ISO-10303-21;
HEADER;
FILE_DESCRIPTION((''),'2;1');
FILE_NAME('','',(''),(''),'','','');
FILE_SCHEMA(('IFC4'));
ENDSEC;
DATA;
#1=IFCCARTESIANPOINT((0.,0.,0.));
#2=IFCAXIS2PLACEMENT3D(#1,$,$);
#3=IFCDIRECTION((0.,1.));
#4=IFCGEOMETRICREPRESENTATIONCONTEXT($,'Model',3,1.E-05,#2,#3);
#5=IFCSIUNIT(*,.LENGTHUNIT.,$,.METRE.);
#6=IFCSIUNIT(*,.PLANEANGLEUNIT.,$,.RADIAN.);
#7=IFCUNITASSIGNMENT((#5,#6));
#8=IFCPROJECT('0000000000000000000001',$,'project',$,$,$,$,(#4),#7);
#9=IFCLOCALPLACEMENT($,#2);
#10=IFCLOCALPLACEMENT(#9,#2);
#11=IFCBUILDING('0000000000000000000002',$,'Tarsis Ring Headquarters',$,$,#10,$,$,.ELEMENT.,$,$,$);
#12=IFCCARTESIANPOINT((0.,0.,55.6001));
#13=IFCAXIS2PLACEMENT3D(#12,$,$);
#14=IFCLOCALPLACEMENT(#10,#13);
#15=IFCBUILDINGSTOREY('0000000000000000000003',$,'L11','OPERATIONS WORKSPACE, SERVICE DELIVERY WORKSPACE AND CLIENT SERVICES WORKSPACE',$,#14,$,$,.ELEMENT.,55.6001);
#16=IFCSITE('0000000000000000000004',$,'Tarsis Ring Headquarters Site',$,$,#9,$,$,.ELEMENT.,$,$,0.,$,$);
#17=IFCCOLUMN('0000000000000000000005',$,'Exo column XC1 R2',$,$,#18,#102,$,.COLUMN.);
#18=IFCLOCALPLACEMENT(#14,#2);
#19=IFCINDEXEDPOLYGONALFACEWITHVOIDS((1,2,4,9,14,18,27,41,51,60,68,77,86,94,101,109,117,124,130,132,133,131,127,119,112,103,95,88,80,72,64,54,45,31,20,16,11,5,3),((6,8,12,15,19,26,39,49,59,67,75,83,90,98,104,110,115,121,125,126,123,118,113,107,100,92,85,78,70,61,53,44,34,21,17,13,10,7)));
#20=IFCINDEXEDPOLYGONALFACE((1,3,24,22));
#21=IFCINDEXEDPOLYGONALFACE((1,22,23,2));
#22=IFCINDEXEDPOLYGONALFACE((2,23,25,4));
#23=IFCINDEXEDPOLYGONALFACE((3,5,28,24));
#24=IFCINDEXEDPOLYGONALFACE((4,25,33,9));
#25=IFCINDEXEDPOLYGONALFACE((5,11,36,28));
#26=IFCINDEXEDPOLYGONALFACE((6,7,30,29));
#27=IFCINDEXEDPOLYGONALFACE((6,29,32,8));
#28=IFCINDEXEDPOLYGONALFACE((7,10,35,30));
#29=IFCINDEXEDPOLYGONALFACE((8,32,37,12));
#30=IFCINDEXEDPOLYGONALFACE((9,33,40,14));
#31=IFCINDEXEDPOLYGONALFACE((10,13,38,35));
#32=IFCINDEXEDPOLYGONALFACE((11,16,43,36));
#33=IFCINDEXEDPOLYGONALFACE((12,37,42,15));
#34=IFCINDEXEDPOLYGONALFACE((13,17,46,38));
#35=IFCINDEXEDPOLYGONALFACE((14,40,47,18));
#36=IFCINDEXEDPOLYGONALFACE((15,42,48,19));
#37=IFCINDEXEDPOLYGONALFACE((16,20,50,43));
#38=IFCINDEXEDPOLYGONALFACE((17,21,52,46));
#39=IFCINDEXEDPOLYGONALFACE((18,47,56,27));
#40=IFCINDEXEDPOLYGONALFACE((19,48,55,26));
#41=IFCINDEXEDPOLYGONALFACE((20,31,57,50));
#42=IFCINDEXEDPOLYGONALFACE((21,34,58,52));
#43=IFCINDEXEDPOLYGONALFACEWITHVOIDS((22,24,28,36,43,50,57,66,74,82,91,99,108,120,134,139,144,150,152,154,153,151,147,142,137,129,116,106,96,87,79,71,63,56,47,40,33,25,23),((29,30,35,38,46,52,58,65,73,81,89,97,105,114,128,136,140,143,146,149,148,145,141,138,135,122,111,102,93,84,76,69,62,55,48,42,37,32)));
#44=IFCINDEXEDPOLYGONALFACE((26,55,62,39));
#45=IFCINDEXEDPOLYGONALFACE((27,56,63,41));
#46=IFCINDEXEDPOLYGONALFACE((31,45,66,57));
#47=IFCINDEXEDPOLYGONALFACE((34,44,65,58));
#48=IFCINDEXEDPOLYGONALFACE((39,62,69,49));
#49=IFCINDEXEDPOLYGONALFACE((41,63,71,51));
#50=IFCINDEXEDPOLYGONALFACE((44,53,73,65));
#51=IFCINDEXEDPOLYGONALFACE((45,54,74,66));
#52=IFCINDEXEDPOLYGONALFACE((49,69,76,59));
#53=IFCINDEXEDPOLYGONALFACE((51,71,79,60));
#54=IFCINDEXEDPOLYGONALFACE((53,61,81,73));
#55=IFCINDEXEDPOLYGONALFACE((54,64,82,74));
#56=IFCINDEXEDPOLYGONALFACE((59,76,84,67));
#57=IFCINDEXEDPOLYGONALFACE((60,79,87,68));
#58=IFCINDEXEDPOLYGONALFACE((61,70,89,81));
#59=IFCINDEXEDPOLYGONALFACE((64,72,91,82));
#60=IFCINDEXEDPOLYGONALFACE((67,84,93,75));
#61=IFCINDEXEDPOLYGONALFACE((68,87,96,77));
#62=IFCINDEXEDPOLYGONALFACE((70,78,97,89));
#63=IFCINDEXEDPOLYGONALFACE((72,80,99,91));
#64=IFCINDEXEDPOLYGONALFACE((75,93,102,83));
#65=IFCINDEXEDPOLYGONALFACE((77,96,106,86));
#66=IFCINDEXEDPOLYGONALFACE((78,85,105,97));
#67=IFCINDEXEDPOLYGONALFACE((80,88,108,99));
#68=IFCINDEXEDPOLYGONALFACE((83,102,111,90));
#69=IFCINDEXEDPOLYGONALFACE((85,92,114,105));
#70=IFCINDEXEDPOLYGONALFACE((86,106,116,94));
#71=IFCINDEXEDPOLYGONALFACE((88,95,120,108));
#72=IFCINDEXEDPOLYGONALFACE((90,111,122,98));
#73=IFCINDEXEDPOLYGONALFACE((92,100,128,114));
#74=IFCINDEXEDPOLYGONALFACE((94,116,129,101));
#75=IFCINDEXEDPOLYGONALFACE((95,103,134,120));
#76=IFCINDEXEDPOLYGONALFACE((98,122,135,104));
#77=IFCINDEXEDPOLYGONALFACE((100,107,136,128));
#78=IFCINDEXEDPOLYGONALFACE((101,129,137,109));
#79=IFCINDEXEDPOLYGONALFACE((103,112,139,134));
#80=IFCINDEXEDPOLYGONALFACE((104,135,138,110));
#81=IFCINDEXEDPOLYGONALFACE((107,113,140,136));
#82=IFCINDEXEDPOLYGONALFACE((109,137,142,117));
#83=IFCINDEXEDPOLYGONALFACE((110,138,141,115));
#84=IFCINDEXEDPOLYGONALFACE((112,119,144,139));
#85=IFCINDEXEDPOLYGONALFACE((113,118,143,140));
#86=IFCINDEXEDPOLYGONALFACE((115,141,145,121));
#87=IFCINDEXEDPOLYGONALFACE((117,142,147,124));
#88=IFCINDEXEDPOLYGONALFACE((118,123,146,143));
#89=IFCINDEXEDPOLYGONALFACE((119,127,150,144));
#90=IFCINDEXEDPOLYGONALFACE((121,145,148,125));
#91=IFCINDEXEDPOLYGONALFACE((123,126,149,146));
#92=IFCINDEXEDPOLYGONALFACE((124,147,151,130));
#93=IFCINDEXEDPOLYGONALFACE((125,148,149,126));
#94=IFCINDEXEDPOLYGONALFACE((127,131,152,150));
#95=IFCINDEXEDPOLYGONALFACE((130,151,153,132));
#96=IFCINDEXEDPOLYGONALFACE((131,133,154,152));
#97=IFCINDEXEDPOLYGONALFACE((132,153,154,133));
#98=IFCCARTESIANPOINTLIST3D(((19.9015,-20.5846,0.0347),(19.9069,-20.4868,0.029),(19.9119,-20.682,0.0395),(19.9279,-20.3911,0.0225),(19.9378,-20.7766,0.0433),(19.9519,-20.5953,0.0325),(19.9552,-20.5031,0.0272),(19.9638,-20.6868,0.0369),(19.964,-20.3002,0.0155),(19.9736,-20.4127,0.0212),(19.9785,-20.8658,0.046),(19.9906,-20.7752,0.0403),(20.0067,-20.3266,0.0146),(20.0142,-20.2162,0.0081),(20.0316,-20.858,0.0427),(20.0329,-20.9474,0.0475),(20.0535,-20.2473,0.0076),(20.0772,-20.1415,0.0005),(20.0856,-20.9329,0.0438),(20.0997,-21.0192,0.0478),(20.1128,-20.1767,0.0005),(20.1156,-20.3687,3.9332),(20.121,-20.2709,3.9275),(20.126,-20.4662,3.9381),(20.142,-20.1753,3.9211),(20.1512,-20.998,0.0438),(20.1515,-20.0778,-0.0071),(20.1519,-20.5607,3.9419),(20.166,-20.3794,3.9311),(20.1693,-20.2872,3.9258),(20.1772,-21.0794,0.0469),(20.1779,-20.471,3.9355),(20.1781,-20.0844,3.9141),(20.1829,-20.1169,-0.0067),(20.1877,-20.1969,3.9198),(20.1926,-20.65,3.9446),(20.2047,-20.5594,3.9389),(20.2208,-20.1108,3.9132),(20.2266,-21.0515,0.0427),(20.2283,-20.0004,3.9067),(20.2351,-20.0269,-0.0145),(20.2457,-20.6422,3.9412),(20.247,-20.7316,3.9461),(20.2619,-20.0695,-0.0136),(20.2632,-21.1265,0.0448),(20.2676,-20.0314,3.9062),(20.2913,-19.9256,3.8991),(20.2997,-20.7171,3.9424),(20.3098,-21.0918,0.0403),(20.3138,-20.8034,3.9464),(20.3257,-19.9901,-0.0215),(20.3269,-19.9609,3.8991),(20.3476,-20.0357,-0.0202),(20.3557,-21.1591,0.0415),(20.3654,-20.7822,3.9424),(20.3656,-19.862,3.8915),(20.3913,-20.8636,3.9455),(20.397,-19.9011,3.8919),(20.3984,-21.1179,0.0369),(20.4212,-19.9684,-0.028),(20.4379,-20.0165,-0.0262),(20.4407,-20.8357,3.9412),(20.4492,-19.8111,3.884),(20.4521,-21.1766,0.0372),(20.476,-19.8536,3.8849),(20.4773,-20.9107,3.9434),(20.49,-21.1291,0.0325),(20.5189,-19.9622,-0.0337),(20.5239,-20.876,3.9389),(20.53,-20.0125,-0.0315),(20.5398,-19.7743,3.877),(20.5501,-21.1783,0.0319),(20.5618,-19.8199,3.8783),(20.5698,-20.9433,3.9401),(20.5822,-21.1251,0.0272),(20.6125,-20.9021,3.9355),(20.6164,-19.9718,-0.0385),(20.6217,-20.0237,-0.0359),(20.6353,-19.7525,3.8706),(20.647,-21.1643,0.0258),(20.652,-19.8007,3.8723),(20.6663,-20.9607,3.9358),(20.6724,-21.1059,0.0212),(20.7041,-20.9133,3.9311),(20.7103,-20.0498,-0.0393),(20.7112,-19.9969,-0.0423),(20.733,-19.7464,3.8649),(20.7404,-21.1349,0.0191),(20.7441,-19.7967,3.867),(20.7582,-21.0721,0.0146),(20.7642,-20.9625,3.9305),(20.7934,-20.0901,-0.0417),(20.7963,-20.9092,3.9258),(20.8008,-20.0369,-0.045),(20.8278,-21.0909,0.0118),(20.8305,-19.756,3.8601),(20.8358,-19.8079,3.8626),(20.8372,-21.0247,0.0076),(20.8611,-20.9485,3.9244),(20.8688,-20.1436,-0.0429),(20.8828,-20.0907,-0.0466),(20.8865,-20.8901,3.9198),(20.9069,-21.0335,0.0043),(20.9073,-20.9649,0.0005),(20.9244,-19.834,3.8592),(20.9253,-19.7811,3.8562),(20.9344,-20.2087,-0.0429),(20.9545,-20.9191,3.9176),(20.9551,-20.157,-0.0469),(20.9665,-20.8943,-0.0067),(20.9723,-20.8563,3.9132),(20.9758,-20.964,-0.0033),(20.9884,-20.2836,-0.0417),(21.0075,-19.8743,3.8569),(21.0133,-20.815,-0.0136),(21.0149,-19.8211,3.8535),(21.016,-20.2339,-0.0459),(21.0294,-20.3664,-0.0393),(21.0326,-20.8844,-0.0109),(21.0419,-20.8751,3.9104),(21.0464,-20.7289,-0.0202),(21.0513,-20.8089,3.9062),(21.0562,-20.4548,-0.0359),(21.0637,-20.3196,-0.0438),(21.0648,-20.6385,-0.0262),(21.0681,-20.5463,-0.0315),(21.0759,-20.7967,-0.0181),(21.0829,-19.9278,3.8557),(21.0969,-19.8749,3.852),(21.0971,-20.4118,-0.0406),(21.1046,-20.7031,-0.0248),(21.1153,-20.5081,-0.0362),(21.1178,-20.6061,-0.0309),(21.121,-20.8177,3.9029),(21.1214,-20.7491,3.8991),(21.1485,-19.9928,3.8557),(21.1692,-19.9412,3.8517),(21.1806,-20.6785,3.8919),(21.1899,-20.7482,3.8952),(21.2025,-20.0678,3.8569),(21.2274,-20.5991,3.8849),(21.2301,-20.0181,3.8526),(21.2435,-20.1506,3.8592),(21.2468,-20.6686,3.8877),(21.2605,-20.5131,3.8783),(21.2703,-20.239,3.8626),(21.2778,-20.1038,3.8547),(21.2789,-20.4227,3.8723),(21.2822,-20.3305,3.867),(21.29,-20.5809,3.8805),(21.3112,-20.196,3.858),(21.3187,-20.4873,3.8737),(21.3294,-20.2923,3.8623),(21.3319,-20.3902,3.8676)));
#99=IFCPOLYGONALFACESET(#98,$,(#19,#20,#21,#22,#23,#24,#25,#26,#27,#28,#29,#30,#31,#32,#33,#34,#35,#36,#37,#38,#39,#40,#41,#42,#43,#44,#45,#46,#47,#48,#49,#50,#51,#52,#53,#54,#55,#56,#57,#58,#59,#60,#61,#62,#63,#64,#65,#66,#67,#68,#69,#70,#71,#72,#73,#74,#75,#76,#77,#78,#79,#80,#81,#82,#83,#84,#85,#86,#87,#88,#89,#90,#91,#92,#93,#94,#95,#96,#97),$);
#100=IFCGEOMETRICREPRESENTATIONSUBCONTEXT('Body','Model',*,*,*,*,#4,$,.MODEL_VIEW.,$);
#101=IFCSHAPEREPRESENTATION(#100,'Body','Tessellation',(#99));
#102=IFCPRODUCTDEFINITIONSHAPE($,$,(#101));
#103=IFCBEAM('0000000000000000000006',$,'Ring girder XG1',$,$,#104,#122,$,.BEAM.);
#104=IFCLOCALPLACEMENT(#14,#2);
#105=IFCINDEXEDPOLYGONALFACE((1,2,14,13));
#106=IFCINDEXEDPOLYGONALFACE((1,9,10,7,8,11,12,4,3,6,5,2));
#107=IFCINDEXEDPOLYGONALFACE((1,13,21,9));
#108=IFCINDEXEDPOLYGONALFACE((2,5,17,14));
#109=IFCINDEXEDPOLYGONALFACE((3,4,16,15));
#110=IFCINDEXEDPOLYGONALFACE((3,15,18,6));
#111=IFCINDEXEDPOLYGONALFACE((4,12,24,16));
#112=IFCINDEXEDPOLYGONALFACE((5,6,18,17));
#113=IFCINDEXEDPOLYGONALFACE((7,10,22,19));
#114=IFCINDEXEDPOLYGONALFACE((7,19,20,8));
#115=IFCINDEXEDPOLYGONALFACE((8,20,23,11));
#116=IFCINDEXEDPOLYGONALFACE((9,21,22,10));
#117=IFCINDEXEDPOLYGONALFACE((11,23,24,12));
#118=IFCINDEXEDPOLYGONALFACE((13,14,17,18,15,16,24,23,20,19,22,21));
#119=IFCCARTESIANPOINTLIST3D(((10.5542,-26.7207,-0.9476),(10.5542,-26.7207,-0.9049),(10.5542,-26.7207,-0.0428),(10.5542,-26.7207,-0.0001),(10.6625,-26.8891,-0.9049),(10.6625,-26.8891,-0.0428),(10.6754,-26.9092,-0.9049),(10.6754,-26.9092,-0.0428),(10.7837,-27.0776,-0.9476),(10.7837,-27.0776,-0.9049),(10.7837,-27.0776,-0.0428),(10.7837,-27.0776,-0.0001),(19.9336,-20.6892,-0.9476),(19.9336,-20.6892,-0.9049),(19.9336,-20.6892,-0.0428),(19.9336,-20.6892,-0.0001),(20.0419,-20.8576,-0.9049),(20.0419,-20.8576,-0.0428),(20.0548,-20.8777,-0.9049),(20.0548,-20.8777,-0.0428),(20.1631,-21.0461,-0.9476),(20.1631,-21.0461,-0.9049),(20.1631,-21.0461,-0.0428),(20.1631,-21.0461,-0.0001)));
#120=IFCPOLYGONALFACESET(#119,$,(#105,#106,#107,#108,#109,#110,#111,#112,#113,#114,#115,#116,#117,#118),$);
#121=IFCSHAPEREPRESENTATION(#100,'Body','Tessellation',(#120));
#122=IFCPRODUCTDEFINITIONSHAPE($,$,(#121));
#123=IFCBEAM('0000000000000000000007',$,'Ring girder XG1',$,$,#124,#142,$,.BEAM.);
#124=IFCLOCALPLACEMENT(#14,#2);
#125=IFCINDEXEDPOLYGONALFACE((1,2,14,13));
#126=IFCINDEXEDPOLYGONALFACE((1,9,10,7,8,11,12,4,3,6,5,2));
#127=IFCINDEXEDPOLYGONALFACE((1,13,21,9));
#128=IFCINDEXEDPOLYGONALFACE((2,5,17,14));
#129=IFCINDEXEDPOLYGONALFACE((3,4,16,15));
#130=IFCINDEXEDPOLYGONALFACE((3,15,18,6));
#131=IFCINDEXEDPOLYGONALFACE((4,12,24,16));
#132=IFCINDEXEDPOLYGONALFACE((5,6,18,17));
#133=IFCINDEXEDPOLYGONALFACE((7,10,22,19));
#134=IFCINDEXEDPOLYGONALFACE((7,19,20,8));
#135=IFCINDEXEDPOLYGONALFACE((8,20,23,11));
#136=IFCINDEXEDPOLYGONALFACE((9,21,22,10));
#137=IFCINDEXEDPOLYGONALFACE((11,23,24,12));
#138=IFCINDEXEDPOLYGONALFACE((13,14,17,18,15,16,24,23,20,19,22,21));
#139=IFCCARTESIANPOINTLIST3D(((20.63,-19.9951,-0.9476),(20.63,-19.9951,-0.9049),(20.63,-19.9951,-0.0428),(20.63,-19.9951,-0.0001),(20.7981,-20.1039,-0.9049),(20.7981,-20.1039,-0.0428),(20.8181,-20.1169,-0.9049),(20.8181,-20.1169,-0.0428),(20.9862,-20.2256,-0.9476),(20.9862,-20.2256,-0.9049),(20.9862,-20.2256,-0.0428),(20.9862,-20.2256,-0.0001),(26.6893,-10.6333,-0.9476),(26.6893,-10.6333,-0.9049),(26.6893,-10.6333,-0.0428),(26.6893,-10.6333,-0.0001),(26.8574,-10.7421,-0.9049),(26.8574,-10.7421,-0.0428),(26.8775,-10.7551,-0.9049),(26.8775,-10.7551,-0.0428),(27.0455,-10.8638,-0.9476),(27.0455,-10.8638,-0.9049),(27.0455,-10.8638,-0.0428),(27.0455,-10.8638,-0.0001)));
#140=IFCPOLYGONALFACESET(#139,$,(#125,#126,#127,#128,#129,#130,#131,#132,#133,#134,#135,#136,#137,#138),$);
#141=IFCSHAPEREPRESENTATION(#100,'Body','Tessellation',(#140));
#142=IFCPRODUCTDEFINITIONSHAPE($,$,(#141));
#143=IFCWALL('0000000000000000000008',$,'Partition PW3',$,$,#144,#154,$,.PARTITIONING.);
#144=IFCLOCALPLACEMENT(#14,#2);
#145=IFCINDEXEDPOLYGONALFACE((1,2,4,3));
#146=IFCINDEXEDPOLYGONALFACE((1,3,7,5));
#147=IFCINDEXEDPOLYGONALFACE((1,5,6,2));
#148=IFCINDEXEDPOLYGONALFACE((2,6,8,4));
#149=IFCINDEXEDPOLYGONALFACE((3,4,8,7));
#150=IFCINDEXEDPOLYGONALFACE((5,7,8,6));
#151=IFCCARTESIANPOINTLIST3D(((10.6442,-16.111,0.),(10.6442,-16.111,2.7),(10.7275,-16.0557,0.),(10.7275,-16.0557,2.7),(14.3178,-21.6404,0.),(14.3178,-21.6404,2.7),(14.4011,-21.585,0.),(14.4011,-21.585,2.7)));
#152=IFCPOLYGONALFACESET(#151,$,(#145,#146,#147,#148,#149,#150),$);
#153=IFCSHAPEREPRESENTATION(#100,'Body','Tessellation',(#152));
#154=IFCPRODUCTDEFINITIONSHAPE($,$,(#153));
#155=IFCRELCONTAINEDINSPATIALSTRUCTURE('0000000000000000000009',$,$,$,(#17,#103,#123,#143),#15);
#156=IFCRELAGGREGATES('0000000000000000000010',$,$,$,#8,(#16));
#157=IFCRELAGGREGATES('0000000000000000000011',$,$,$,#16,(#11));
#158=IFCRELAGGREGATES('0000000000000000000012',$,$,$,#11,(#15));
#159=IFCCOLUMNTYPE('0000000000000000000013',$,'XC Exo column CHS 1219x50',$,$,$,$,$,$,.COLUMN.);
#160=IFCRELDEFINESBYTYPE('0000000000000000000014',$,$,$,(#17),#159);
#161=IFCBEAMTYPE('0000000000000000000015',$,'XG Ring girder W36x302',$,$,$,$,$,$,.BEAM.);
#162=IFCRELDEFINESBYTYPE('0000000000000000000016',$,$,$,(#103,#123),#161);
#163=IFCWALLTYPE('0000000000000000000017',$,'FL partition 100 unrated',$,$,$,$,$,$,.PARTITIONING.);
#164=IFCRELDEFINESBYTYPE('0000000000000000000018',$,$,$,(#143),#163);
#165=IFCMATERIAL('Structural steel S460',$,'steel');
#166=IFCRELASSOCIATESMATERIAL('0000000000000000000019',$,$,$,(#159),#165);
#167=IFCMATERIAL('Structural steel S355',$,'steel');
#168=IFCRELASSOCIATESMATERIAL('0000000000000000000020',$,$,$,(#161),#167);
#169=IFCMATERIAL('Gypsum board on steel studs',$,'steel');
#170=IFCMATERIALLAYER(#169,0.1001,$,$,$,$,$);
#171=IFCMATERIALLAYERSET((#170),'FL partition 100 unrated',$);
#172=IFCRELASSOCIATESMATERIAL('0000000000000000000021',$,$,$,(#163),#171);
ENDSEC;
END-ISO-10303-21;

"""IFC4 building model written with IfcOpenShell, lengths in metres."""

from ifc_helpers import new_model, si_unit, direction, frame, frame_2d, origin, origin_2d, place, context, subcontext, project, spatial, rectangle, hollow_circle, i_section, extrude, material, layer, layer_set, material_profile, profile_set, type_object, element, save


model = new_model("IFC4")

# Units and contexts
model_context = context("Model", 3, precision=1e-05, world=origin(), true_north=direction((0.0, 1.0)))
body_context = subcontext(model_context, "Body", "Model", "MODEL_VIEW")
ifc_project = project(units=[si_unit("LENGTHUNIT", "METRE"), si_unit("PLANEANGLEUNIT", "RADIAN")], contexts=[model_context])

# Site, building, storey
site_placement = place(None, origin())
site = spatial("IfcSite", under=ifc_project, at=site_placement, Name="Tarsis Ring Headquarters Site", CompositionType="ELEMENT", RefElevation=0.0)
building_placement = place(site_placement, origin())
building = spatial("IfcBuilding", under=site, at=building_placement, Name="Tarsis Ring Headquarters", CompositionType="ELEMENT")
storey_placement = place(building_placement, frame((0.0, 0.0, 55.6001)))
storey = spatial("IfcBuildingStorey", under=building, at=storey_placement, Name="L11", Description="OPERATIONS WORKSPACE, SERVICE DELIVERY WORKSPACE AND CLIENT SERVICES WORKSPACE", CompositionType="ELEMENT", Elevation=55.6001)

# Column
ifc_material_1 = material(Name="Structural steel S460", Category="steel")
ifc_material_profile_1 = material_profile(ifc_material_1, hollow_circle(Radius=0.6096, WallThickness=0.05, at=origin_2d()), Name="CHS 1219x50")
ifc_profile_set_1 = profile_set([ifc_material_profile_1], Name="Structural steel S460")
column_type = type_object("IfcColumnType", Name="XC Exo column CHS 1219x50", PredefinedType="COLUMN", material=ifc_profile_set_1)
column_placement = place(storey_placement, frame((20.51, -20.5708, 0.0005), z_axis=(0.054753, 0.05519, 0.996974), x_axis=(-0.709912, 0.70429, 0.0)))
element("IfcColumn", 1, at=column_placement, inside=storey, type_object=column_type, Name="Exo column XC1 R2", PredefinedType="COLUMN", context=body_context, shape_type="SweptSolid", body=[
    extrude(hollow_circle(Radius=0.6096, WallThickness=0.05, at=origin_2d()), origin(), (0.0, 0.0, 1.0), 3.9104),
])

# Beams
ifc_material_2 = material(Name="Structural steel S355", Category="steel")
ifc_material_profile_2 = material_profile(ifc_material_2, i_section(OverallWidth=0.4243, OverallDepth=0.9475, WebThickness=0.0239, FlangeThickness=0.0427, at=origin_2d()), Name="W36x302")
ifc_profile_set_2 = profile_set([ifc_material_profile_2], Name="Structural steel S355")
beam_type = type_object("IfcBeamType", Name="XG Ring girder W36x302", PredefinedType="BEAM", material=ifc_profile_set_2)
beam_1_placement = place(storey_placement, frame((10.6689, -26.8992, -0.4739), z_axis=(0.841102, 0.540877, 0.0), x_axis=(-0.540877, 0.841102, 0.0)))
element("IfcBeam", 2, at=beam_1_placement, inside=storey, type_object=beam_type, Name="Ring girder XG1", PredefinedType="BEAM", context=body_context, shape_type="SweptSolid", body=[
    extrude(i_section(OverallWidth=0.4243, OverallDepth=0.9475, WebThickness=0.0239, FlangeThickness=0.0427, at=origin_2d()), origin(), (0.0, 0.0, 1.0), 11.1514),
])
beam_2_placement = place(storey_placement, frame((20.8081, -20.1104, -0.4739), z_axis=(0.543357, 0.839501, 0.0), x_axis=(-0.839501, 0.543357, 0.0)))
element("IfcBeam", 3, at=beam_2_placement, inside=storey, type_object=beam_type, Name="Ring girder XG1", PredefinedType="BEAM", context=body_context, shape_type="SweptSolid", body=[
    extrude(i_section(OverallWidth=0.4243, OverallDepth=0.9475, WebThickness=0.0239, FlangeThickness=0.0427, at=origin_2d()), origin(), (0.0, 0.0, 1.0), 11.1516),
])

# Wall
ifc_material_3 = material(Name="Gypsum board on steel studs", Category="steel")
ifc_layer_1 = layer(ifc_material_3, 0.1001)
ifc_layer_set_1 = layer_set([ifc_layer_1], Name="FL partition 100 unrated")
wall_type_1 = type_object("IfcWallType", Name="FL partition 100 unrated", PredefinedType="PARTITIONING", material=ifc_layer_set_1)
wall_1_placement = place(storey_placement, frame((10.6858, -16.0833, 0.0), z_axis=(0.0, 0.0, 1.0), x_axis=(0.553384, -0.832926, 0.0)))
element("IfcWall", 4, at=wall_1_placement, inside=storey, type_object=wall_type_1, Name="Partition PW3", PredefinedType="PARTITIONING", context=body_context, shape_type="SweptSolid", body=[
    extrude(rectangle(XDim=6.6384, YDim=0.1001, at=frame_2d((3.3193, 0.0))), origin(), (0.0, 0.0, 1.0), 2.7),
])

save(model, "model.ifc")
